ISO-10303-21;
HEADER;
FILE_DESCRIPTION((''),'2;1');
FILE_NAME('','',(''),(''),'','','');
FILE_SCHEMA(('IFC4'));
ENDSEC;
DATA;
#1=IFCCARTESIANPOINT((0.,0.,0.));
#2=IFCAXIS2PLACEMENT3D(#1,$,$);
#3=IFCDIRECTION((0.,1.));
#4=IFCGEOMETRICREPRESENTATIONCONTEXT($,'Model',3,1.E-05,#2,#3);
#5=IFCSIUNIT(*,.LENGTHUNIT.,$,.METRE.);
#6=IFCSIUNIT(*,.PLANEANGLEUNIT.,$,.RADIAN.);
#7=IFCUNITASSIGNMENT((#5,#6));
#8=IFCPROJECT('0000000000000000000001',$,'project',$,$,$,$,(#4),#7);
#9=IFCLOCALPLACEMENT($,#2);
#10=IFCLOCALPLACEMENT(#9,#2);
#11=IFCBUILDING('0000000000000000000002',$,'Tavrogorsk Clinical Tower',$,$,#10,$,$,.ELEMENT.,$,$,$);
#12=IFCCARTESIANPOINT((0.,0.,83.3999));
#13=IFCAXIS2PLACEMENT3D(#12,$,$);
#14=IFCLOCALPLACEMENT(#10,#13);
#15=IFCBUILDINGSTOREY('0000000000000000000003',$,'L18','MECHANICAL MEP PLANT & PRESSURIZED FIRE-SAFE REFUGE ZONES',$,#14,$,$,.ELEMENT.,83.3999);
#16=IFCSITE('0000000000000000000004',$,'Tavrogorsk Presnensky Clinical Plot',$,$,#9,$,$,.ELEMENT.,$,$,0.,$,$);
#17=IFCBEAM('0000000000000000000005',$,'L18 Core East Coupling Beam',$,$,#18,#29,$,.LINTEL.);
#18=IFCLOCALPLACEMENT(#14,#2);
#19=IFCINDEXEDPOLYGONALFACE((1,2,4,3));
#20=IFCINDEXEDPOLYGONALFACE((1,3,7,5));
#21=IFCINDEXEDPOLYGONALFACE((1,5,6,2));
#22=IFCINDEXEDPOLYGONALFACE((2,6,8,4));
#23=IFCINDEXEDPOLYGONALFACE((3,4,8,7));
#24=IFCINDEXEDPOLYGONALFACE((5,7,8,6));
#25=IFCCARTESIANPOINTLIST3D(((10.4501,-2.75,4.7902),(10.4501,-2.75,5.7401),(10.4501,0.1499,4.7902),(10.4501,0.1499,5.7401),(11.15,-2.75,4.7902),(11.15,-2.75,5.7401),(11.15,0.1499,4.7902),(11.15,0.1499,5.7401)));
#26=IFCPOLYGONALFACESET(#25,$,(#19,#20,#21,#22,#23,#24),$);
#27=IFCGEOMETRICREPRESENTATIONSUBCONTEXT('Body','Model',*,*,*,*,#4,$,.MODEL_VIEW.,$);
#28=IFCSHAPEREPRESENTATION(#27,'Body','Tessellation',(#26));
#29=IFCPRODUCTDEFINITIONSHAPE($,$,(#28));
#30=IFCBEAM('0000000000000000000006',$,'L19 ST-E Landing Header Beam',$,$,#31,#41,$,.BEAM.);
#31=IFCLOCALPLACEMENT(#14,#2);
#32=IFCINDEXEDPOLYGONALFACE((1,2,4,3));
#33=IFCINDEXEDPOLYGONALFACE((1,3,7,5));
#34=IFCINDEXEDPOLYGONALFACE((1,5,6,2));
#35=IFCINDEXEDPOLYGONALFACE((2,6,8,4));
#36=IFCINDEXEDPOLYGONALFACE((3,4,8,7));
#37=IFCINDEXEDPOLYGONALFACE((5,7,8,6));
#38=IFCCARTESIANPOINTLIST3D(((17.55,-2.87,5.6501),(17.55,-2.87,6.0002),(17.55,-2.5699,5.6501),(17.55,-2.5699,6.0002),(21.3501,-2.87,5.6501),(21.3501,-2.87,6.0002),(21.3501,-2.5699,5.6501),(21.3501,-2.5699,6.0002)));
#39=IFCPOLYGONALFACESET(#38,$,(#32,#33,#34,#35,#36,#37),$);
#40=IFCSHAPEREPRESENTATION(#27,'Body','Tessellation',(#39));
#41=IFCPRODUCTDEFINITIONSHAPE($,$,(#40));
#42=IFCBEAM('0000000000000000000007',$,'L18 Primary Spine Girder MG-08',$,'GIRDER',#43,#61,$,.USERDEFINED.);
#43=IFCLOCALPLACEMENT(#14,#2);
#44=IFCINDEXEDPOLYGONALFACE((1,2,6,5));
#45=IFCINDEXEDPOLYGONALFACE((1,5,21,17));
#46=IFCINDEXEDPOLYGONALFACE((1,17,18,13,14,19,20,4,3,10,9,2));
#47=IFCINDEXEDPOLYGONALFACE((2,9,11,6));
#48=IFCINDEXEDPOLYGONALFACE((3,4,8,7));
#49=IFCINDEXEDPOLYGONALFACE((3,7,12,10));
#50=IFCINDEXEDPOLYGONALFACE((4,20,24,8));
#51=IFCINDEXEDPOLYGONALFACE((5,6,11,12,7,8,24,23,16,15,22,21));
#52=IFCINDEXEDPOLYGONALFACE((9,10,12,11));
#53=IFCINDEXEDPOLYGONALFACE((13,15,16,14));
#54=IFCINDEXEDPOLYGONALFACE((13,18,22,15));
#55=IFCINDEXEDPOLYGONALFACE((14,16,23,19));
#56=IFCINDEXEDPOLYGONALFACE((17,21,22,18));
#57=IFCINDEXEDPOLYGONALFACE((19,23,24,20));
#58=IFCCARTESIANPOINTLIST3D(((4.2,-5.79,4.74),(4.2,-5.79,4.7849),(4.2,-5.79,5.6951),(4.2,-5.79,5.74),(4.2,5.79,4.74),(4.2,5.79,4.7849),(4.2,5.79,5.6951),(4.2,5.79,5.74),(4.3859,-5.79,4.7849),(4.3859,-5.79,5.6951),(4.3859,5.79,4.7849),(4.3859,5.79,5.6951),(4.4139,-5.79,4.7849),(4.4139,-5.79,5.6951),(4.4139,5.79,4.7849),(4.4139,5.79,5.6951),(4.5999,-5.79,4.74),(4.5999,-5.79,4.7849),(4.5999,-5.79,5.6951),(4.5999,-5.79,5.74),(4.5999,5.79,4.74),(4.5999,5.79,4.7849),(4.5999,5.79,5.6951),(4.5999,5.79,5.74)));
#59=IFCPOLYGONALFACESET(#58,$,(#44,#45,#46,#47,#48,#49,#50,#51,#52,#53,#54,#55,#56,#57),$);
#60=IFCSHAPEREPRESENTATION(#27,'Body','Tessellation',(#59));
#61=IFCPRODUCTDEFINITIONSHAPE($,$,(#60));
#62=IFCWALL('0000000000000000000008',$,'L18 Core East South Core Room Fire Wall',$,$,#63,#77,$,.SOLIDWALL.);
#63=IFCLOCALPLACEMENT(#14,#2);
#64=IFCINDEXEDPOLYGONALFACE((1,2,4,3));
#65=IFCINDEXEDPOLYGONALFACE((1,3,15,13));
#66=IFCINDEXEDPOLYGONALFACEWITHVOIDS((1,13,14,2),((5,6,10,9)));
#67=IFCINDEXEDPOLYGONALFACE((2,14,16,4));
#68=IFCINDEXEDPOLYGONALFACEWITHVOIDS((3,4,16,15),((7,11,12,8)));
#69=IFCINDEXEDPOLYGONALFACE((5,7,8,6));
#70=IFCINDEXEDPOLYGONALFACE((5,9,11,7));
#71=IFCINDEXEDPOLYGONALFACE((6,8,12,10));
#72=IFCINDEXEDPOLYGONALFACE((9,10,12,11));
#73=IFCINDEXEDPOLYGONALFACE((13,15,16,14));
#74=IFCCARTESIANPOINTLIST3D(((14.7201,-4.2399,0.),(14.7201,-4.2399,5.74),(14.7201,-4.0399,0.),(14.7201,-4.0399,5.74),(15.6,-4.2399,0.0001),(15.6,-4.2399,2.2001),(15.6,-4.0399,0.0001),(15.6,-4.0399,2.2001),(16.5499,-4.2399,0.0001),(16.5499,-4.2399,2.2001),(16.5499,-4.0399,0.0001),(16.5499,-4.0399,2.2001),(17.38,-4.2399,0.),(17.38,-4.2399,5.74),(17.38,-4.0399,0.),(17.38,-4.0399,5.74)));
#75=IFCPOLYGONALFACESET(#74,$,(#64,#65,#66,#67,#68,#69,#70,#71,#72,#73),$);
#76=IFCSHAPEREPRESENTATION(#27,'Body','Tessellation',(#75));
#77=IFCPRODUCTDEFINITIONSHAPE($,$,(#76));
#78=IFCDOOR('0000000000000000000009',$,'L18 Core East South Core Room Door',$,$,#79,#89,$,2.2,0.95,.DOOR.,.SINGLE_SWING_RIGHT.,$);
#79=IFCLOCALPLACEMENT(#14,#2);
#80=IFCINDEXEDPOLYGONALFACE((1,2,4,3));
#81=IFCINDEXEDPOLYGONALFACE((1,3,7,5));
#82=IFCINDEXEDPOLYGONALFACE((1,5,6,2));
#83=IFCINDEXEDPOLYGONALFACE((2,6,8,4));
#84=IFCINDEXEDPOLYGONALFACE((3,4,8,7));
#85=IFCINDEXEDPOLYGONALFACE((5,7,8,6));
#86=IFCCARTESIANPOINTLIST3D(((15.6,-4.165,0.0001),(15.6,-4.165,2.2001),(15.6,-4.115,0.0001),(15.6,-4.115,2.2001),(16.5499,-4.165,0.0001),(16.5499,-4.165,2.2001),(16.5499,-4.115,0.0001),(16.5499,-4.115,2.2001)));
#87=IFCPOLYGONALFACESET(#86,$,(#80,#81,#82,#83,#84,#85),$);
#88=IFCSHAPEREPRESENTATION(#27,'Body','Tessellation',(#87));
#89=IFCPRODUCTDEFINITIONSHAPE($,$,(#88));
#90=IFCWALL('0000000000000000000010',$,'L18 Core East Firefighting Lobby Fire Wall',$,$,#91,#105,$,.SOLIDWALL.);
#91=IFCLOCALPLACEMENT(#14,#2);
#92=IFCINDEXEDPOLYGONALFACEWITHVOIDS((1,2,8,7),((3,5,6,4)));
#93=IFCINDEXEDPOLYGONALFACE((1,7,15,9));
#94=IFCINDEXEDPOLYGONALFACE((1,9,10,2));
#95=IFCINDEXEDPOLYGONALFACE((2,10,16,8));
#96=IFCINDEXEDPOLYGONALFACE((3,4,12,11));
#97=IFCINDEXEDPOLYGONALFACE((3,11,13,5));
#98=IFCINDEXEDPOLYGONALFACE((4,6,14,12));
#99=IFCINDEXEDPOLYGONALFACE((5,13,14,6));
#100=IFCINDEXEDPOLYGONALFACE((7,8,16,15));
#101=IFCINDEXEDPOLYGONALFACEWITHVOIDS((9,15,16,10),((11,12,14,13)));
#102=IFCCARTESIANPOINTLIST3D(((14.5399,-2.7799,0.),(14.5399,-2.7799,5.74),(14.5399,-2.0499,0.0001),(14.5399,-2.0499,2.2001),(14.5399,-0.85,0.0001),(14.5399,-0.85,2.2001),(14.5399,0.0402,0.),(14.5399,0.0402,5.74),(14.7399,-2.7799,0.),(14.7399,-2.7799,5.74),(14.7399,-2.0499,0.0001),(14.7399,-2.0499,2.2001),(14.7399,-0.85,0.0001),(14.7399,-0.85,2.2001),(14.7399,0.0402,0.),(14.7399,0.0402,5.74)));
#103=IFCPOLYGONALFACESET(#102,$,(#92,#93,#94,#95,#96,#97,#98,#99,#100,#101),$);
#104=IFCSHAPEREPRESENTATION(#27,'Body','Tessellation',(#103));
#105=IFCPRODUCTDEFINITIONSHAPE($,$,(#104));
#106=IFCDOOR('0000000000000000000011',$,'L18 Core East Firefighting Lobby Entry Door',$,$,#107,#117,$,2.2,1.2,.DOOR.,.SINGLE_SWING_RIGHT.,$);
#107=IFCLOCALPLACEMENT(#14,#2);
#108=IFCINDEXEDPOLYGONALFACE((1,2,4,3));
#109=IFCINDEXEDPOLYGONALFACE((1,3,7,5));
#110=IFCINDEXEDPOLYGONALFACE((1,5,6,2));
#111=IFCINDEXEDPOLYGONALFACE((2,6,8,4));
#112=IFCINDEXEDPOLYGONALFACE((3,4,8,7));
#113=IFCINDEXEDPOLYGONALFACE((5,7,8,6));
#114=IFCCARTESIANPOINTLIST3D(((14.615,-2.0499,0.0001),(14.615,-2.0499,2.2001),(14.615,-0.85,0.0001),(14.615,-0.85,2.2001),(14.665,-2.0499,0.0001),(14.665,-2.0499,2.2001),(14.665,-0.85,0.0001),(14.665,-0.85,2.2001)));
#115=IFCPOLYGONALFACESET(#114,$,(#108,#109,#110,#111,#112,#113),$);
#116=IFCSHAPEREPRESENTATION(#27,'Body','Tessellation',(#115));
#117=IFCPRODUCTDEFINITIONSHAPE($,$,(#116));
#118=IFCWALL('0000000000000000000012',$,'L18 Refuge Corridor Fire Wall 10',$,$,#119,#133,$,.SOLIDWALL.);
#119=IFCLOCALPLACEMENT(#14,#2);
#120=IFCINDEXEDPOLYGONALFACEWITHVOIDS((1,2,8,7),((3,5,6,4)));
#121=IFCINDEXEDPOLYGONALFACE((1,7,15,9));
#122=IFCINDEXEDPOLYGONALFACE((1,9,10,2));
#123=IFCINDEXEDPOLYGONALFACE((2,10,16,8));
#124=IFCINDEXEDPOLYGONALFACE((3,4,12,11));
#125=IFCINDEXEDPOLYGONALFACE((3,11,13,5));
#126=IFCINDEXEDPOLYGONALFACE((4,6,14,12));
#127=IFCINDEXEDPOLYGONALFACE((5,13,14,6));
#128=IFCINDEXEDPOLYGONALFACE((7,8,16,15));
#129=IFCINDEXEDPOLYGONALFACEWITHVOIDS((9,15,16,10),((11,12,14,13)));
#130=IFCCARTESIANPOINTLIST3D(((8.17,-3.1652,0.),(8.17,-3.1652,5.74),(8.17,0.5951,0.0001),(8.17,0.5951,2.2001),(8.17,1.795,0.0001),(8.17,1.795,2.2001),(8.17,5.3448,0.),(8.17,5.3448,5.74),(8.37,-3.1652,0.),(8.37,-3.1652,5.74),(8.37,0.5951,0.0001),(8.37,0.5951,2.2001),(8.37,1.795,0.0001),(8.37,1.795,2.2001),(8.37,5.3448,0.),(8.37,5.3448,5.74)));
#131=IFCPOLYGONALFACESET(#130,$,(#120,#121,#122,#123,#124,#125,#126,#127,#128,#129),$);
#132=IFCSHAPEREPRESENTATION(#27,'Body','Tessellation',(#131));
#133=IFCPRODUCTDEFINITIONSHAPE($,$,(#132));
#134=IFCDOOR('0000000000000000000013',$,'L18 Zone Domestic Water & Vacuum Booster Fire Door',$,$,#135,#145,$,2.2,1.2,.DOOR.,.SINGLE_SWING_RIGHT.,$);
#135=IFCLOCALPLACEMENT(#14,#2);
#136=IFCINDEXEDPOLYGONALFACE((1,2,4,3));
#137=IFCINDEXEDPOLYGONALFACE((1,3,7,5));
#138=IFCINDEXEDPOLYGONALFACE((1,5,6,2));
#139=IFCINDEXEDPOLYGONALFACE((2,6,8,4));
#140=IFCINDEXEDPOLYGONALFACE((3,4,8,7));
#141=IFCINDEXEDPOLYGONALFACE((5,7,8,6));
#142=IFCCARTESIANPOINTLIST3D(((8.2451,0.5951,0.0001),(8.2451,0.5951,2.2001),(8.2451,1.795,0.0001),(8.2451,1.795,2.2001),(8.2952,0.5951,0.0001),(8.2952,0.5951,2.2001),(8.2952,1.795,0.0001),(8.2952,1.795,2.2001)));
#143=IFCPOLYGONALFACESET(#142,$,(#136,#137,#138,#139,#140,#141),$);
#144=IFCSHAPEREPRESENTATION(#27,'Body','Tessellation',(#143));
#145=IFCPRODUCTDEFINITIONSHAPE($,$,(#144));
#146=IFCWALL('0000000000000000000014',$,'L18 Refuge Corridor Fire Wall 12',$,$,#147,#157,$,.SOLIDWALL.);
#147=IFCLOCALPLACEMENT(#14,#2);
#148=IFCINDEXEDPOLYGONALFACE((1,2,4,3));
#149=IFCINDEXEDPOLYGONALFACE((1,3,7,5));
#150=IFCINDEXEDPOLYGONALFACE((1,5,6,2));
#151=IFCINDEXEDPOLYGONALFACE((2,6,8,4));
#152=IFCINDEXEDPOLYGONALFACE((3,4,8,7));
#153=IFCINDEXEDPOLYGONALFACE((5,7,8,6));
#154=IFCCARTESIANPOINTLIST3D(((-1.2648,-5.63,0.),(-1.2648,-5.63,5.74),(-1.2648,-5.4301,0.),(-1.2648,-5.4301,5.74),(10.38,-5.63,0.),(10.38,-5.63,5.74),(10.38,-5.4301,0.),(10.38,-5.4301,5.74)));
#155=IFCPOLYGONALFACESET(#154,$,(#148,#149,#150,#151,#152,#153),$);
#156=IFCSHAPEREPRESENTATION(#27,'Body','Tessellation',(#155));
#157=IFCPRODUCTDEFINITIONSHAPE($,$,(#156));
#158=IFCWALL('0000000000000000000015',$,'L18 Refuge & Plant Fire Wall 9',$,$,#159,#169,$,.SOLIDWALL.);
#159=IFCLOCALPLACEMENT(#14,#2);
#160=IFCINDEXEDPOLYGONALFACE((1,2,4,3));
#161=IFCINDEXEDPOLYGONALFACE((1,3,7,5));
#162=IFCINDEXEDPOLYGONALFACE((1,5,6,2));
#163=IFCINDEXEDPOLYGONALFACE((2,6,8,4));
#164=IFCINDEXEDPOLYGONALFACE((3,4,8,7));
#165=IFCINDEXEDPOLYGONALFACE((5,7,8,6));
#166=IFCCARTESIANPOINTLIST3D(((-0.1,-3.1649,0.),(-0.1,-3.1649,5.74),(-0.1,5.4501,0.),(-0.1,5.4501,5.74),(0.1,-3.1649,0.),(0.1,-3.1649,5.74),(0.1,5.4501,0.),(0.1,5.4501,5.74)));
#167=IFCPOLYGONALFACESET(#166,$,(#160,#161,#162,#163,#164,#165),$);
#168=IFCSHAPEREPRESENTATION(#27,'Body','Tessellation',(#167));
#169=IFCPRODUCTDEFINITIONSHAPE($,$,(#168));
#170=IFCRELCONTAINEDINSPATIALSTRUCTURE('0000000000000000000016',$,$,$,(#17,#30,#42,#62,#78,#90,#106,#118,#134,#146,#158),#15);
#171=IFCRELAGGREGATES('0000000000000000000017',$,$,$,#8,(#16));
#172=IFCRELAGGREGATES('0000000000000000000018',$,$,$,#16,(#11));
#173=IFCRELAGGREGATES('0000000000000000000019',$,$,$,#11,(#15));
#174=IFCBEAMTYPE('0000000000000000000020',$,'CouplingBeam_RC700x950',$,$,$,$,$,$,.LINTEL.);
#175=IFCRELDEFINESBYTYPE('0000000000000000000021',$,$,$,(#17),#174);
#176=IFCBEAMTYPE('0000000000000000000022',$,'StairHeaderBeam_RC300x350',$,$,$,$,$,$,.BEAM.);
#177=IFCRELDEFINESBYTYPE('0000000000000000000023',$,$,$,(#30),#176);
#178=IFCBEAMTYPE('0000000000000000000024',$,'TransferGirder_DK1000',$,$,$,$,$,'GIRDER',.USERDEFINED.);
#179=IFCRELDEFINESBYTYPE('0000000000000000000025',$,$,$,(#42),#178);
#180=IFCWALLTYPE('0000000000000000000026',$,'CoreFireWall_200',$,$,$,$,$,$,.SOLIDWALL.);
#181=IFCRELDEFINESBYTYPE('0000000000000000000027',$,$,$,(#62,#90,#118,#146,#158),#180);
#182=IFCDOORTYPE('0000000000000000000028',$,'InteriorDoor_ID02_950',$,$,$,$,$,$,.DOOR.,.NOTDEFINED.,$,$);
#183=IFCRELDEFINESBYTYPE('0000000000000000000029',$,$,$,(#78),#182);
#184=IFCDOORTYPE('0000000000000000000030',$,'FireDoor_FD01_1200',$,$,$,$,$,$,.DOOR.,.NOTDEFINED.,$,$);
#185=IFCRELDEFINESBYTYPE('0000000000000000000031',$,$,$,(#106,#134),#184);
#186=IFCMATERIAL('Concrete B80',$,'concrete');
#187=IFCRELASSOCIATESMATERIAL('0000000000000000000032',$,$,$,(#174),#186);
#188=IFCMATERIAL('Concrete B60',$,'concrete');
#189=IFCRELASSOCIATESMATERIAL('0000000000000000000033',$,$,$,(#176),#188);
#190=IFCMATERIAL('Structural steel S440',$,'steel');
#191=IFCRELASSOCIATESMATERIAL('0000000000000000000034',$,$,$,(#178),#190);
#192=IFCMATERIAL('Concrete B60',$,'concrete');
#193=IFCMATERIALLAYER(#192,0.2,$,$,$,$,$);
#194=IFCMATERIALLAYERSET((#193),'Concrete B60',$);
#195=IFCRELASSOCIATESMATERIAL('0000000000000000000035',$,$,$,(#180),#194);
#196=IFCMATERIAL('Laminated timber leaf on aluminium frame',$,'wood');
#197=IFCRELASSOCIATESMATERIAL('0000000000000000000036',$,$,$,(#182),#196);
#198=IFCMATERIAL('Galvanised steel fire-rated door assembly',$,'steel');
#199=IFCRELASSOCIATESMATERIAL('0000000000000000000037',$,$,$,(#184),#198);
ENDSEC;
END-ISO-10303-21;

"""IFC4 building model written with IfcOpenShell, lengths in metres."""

from ifc_helpers import new_model, si_unit, direction, frame, frame_2d, origin, origin_2d, place, context, subcontext, project, spatial, rectangle, i_section, extrude, material, layer, layer_set, material_profile, profile_set, type_object, element, fill, save


model = new_model("IFC4")

# Units and contexts
model_context = context("Model", 3, precision=1e-05, world=origin(), true_north=direction((0.0, 1.0)))
body_context = subcontext(model_context, "Body", "Model", "MODEL_VIEW")
ifc_project = project(units=[si_unit("LENGTHUNIT", "METRE"), si_unit("PLANEANGLEUNIT", "RADIAN")], contexts=[model_context])

# Site, building, storey
site_placement = place(None, origin())
site = spatial("IfcSite", under=ifc_project, at=site_placement, Name="Tavrogorsk Presnensky Clinical Plot", CompositionType="ELEMENT", RefElevation=0.0)
building_placement = place(site_placement, origin())
building = spatial("IfcBuilding", under=site, at=building_placement, Name="Tavrogorsk Clinical Tower", CompositionType="ELEMENT")
storey_placement = place(building_placement, frame((0.0, 0.0, 83.3999)))
storey = spatial("IfcBuildingStorey", under=building, at=storey_placement, Name="L18", Description="MECHANICAL MEP PLANT & PRESSURIZED FIRE-SAFE REFUGE ZONES", CompositionType="ELEMENT", Elevation=83.3999)

# Beams
ifc_material_1 = material(Name="Concrete B80", Category="concrete")
ifc_material_profile_1 = material_profile(ifc_material_1, rectangle(XDim=0.7, YDim=0.95, at=origin_2d()), Name="RC-CB-700x950")
ifc_profile_set_1 = profile_set([ifc_material_profile_1], Name="Concrete B80")
beam_type_1 = type_object("IfcBeamType", Name="CouplingBeam_RC700x950", PredefinedType="LINTEL", material=ifc_profile_set_1)
beam_1_placement = place(storey_placement, frame((10.8, -2.75, 5.2651), z_axis=(0.0, 1.0, 0.0), x_axis=(-1.0, 0.0, 0.0)))
element("IfcBeam", 1, at=beam_1_placement, inside=storey, type_object=beam_type_1, Name="L18 Core East Coupling Beam", PredefinedType="LINTEL", context=body_context, shape_type="SweptSolid", body=[
    extrude(rectangle(XDim=0.7, YDim=0.95, at=origin_2d()), origin(), (0.0, 0.0, 1.0), 2.8999),
])
ifc_material_2 = material(Name="Concrete B60", Category="concrete")
ifc_material_profile_2 = material_profile(ifc_material_2, rectangle(XDim=0.3, YDim=0.3501, at=origin_2d()), Name="RC-SHB-300x350")
ifc_profile_set_2 = profile_set([ifc_material_profile_2], Name="Concrete B60")
beam_type_2 = type_object("IfcBeamType", Name="StairHeaderBeam_RC300x350", PredefinedType="BEAM", material=ifc_profile_set_2)
beam_2_placement = place(storey_placement, frame((17.55, -2.72, 5.8252), z_axis=(1.0, 0.0, 0.0), x_axis=(0.0, 1.0, 0.0)))
element("IfcBeam", 2, at=beam_2_placement, inside=storey, type_object=beam_type_2, Name="L19 ST-E Landing Header Beam", PredefinedType="BEAM", context=body_context, shape_type="SweptSolid", body=[
    extrude(rectangle(XDim=0.3, YDim=0.3501, at=origin_2d()), origin(), (0.0, 0.0, 1.0), 3.8),
])
ifc_material_3 = material(Name="Structural steel S440", Category="steel")
ifc_material_profile_3 = material_profile(ifc_material_3, i_section(OverallWidth=0.3999, OverallDepth=1.0, WebThickness=0.0281, FlangeThickness=0.0449, at=origin_2d()), Name="DK-1000x400x28x45")
ifc_profile_set_3 = profile_set([ifc_material_profile_3], Name="Structural steel S440")
beam_type_3 = type_object("IfcBeamType", Name="TransferGirder_DK1000", ElementType="GIRDER", PredefinedType="USERDEFINED", material=ifc_profile_set_3)
beam_3_placement = place(storey_placement, frame((4.3999, -5.79, 5.24), z_axis=(0.0, 1.0, 0.0), x_axis=(-1.0, 0.0, 0.0)))
element("IfcBeam", 3, at=beam_3_placement, inside=storey, type_object=beam_type_3, Name="L18 Primary Spine Girder MG-08", ObjectType="GIRDER", PredefinedType="USERDEFINED", context=body_context, shape_type="SweptSolid", body=[
    extrude(i_section(OverallWidth=0.3999, OverallDepth=1.0, WebThickness=0.0281, FlangeThickness=0.0449, at=origin_2d()), origin(), (0.0, 0.0, 1.0), 11.5801),
])

# Walls, openings, doors
ifc_material_4 = material(Name="Concrete B60", Category="concrete")
ifc_layer_1 = layer(ifc_material_4, 0.2)
ifc_layer_set_1 = layer_set([ifc_layer_1], Name="Concrete B60")
wall_type_1 = type_object("IfcWallType", Name="CoreFireWall_200", PredefinedType="SOLIDWALL", material=ifc_layer_set_1)
wall_1_placement = place(storey_placement, frame((14.72, -4.1399, 0.0), z_axis=(0.0, 0.0, 1.0), x_axis=(1.0, 0.0, 0.0)))
wall_1 = element("IfcWall", 4, at=wall_1_placement, inside=storey, type_object=wall_type_1, Name="L18 Core East South Core Room Fire Wall", PredefinedType="SOLIDWALL", context=body_context, shape_type="SweptSolid", body=[
    extrude(rectangle(XDim=2.6599, YDim=0.2, at=frame_2d((1.3301, 0.0))), origin(), (0.0, 0.0, 1.0), 5.74),
])
opening_1_placement = place(wall_1_placement, frame((0.8799, 0.0, 0.0)))
opening_1 = element("IfcOpeningElement", 5, at=opening_1_placement, cuts=wall_1, PredefinedType="OPENING", context=body_context, shape_type="SweptSolid", body=[
    extrude(rectangle(XDim=0.95, YDim=2.2, at=frame_2d((0.4751, 1.1001))), frame((0.0, 0.1099, 0.0), z_axis=(0.0, -1.0, 0.0), x_axis=(1.0, 0.0, 0.0)), (0.0, 0.0, 1.0), 0.22),
])
ifc_material_5 = material(Name="Laminated timber leaf on aluminium frame", Category="wood")
door_type_1 = type_object("IfcDoorType", Name="InteriorDoor_ID02_950", OperationType="NOTDEFINED", PredefinedType="DOOR", material=ifc_material_5)
door_1_placement = place(opening_1_placement, origin())
door_1 = element("IfcDoor", 6, at=door_1_placement, inside=storey, type_object=door_type_1, Name="L18 Core East South Core Room Door", OperationType="SINGLE_SWING_RIGHT", OverallHeight=2.2, OverallWidth=0.95, PredefinedType="DOOR", context=body_context, shape_type="SweptSolid", body=[
    extrude(rectangle(XDim=0.95, YDim=2.2, at=frame_2d((0.4751, 1.1001))), frame((0.0, 0.0249, 0.0), z_axis=(0.0, -1.0, 0.0), x_axis=(1.0, 0.0, 0.0)), (0.0, 0.0, 1.0), 0.05),
])
fill(opening_1, door_1)
wall_2_placement = place(storey_placement, frame((14.6399, -2.78, 0.0), z_axis=(0.0, 0.0, 1.0), x_axis=(0.0, 1.0, 0.0)))
wall_2 = element("IfcWall", 7, at=wall_2_placement, inside=storey, type_object=wall_type_1, Name="L18 Core East Firefighting Lobby Fire Wall", PredefinedType="SOLIDWALL", context=body_context, shape_type="SweptSolid", body=[
    extrude(rectangle(XDim=2.8201, YDim=0.2, at=frame_2d((1.4102, 0.0))), origin(), (0.0, 0.0, 1.0), 5.74),
])
opening_2_placement = place(wall_2_placement, frame((0.73, 0.0, 0.0)))
opening_2 = element("IfcOpeningElement", 8, at=opening_2_placement, cuts=wall_2, PredefinedType="OPENING", context=body_context, shape_type="SweptSolid", body=[
    extrude(rectangle(XDim=1.2, YDim=2.2, at=frame_2d((0.6001, 1.1001))), frame((0.0, 0.1099, 0.0), z_axis=(0.0, -1.0, 0.0), x_axis=(1.0, 0.0, 0.0)), (0.0, 0.0, 1.0), 0.22),
])
ifc_material_6 = material(Name="Galvanised steel fire-rated door assembly", Category="steel")
door_type_2 = type_object("IfcDoorType", Name="FireDoor_FD01_1200", OperationType="NOTDEFINED", PredefinedType="DOOR", material=ifc_material_6)
door_2_placement = place(opening_2_placement, origin())
door_2 = element("IfcDoor", 9, at=door_2_placement, inside=storey, type_object=door_type_2, Name="L18 Core East Firefighting Lobby Entry Door", OperationType="SINGLE_SWING_RIGHT", OverallHeight=2.2, OverallWidth=1.2, PredefinedType="DOOR", context=body_context, shape_type="SweptSolid", body=[
    extrude(rectangle(XDim=1.2, YDim=2.2, at=frame_2d((0.6001, 1.1001))), frame((0.0, 0.0249, 0.0), z_axis=(0.0, -1.0, 0.0), x_axis=(1.0, 0.0, 0.0)), (0.0, 0.0, 1.0), 0.05),
])
fill(opening_2, door_2)
wall_3_placement = place(storey_placement, frame((8.27, -3.165, 0.0), z_axis=(0.0, 0.0, 1.0), x_axis=(0.0, 1.0, 0.0)))
wall_3 = element("IfcWall", 10, at=wall_3_placement, inside=storey, type_object=wall_type_1, Name="L18 Refuge Corridor Fire Wall 10", PredefinedType="SOLIDWALL", context=body_context, shape_type="SweptSolid", body=[
    extrude(rectangle(XDim=8.51, YDim=0.2, at=frame_2d((4.2549, 0.0))), origin(), (0.0, 0.0, 1.0), 5.74),
])
opening_3_placement = place(wall_3_placement, frame((3.76, 0.0, 0.0)))
opening_3 = element("IfcOpeningElement", 11, at=opening_3_placement, cuts=wall_3, PredefinedType="OPENING", context=body_context, shape_type="SweptSolid", body=[
    extrude(rectangle(XDim=1.2, YDim=2.2, at=frame_2d((0.6001, 1.1001))), frame((0.0, 0.1099, 0.0), z_axis=(0.0, -1.0, 0.0), x_axis=(1.0, 0.0, 0.0)), (0.0, 0.0, 1.0), 0.22),
])
door_3_placement = place(opening_3_placement, origin())
door_3 = element("IfcDoor", 12, at=door_3_placement, inside=storey, type_object=door_type_2, Name="L18 Zone Domestic Water & Vacuum Booster Fire Door", OperationType="SINGLE_SWING_RIGHT", OverallHeight=2.2, OverallWidth=1.2, PredefinedType="DOOR", context=body_context, shape_type="SweptSolid", body=[
    extrude(rectangle(XDim=1.2, YDim=2.2, at=frame_2d((0.6001, 1.1001))), frame((0.0, 0.0249, 0.0), z_axis=(0.0, -1.0, 0.0), x_axis=(1.0, 0.0, 0.0)), (0.0, 0.0, 1.0), 0.05),
])
fill(opening_3, door_3)

# Walls
wall_4_placement = place(storey_placement, frame((10.3799, -5.53, 0.0), z_axis=(0.0, 0.0, 1.0), x_axis=(-1.0, 0.0, 0.0)))
element("IfcWall", 13, at=wall_4_placement, inside=storey, type_object=wall_type_1, Name="L18 Refuge Corridor Fire Wall 12", PredefinedType="SOLIDWALL", context=body_context, shape_type="SweptSolid", body=[
    extrude(rectangle(XDim=11.6448, YDim=0.2, at=frame_2d((5.8223, 0.0))), origin(), (0.0, 0.0, 1.0), 5.74),
])
wall_5_placement = place(storey_placement, frame((0.0, -3.165, 0.0), z_axis=(0.0, 0.0, 1.0), x_axis=(0.0, 1.0, 0.0)))
element("IfcWall", 14, at=wall_5_placement, inside=storey, type_object=wall_type_1, Name="L18 Refuge & Plant Fire Wall 9", PredefinedType="SOLIDWALL", context=body_context, shape_type="SweptSolid", body=[
    extrude(rectangle(XDim=8.615, YDim=0.2, at=frame_2d((4.3076, 0.0))), origin(), (0.0, 0.0, 1.0), 5.74),
])

save(model, "model.ifc")
